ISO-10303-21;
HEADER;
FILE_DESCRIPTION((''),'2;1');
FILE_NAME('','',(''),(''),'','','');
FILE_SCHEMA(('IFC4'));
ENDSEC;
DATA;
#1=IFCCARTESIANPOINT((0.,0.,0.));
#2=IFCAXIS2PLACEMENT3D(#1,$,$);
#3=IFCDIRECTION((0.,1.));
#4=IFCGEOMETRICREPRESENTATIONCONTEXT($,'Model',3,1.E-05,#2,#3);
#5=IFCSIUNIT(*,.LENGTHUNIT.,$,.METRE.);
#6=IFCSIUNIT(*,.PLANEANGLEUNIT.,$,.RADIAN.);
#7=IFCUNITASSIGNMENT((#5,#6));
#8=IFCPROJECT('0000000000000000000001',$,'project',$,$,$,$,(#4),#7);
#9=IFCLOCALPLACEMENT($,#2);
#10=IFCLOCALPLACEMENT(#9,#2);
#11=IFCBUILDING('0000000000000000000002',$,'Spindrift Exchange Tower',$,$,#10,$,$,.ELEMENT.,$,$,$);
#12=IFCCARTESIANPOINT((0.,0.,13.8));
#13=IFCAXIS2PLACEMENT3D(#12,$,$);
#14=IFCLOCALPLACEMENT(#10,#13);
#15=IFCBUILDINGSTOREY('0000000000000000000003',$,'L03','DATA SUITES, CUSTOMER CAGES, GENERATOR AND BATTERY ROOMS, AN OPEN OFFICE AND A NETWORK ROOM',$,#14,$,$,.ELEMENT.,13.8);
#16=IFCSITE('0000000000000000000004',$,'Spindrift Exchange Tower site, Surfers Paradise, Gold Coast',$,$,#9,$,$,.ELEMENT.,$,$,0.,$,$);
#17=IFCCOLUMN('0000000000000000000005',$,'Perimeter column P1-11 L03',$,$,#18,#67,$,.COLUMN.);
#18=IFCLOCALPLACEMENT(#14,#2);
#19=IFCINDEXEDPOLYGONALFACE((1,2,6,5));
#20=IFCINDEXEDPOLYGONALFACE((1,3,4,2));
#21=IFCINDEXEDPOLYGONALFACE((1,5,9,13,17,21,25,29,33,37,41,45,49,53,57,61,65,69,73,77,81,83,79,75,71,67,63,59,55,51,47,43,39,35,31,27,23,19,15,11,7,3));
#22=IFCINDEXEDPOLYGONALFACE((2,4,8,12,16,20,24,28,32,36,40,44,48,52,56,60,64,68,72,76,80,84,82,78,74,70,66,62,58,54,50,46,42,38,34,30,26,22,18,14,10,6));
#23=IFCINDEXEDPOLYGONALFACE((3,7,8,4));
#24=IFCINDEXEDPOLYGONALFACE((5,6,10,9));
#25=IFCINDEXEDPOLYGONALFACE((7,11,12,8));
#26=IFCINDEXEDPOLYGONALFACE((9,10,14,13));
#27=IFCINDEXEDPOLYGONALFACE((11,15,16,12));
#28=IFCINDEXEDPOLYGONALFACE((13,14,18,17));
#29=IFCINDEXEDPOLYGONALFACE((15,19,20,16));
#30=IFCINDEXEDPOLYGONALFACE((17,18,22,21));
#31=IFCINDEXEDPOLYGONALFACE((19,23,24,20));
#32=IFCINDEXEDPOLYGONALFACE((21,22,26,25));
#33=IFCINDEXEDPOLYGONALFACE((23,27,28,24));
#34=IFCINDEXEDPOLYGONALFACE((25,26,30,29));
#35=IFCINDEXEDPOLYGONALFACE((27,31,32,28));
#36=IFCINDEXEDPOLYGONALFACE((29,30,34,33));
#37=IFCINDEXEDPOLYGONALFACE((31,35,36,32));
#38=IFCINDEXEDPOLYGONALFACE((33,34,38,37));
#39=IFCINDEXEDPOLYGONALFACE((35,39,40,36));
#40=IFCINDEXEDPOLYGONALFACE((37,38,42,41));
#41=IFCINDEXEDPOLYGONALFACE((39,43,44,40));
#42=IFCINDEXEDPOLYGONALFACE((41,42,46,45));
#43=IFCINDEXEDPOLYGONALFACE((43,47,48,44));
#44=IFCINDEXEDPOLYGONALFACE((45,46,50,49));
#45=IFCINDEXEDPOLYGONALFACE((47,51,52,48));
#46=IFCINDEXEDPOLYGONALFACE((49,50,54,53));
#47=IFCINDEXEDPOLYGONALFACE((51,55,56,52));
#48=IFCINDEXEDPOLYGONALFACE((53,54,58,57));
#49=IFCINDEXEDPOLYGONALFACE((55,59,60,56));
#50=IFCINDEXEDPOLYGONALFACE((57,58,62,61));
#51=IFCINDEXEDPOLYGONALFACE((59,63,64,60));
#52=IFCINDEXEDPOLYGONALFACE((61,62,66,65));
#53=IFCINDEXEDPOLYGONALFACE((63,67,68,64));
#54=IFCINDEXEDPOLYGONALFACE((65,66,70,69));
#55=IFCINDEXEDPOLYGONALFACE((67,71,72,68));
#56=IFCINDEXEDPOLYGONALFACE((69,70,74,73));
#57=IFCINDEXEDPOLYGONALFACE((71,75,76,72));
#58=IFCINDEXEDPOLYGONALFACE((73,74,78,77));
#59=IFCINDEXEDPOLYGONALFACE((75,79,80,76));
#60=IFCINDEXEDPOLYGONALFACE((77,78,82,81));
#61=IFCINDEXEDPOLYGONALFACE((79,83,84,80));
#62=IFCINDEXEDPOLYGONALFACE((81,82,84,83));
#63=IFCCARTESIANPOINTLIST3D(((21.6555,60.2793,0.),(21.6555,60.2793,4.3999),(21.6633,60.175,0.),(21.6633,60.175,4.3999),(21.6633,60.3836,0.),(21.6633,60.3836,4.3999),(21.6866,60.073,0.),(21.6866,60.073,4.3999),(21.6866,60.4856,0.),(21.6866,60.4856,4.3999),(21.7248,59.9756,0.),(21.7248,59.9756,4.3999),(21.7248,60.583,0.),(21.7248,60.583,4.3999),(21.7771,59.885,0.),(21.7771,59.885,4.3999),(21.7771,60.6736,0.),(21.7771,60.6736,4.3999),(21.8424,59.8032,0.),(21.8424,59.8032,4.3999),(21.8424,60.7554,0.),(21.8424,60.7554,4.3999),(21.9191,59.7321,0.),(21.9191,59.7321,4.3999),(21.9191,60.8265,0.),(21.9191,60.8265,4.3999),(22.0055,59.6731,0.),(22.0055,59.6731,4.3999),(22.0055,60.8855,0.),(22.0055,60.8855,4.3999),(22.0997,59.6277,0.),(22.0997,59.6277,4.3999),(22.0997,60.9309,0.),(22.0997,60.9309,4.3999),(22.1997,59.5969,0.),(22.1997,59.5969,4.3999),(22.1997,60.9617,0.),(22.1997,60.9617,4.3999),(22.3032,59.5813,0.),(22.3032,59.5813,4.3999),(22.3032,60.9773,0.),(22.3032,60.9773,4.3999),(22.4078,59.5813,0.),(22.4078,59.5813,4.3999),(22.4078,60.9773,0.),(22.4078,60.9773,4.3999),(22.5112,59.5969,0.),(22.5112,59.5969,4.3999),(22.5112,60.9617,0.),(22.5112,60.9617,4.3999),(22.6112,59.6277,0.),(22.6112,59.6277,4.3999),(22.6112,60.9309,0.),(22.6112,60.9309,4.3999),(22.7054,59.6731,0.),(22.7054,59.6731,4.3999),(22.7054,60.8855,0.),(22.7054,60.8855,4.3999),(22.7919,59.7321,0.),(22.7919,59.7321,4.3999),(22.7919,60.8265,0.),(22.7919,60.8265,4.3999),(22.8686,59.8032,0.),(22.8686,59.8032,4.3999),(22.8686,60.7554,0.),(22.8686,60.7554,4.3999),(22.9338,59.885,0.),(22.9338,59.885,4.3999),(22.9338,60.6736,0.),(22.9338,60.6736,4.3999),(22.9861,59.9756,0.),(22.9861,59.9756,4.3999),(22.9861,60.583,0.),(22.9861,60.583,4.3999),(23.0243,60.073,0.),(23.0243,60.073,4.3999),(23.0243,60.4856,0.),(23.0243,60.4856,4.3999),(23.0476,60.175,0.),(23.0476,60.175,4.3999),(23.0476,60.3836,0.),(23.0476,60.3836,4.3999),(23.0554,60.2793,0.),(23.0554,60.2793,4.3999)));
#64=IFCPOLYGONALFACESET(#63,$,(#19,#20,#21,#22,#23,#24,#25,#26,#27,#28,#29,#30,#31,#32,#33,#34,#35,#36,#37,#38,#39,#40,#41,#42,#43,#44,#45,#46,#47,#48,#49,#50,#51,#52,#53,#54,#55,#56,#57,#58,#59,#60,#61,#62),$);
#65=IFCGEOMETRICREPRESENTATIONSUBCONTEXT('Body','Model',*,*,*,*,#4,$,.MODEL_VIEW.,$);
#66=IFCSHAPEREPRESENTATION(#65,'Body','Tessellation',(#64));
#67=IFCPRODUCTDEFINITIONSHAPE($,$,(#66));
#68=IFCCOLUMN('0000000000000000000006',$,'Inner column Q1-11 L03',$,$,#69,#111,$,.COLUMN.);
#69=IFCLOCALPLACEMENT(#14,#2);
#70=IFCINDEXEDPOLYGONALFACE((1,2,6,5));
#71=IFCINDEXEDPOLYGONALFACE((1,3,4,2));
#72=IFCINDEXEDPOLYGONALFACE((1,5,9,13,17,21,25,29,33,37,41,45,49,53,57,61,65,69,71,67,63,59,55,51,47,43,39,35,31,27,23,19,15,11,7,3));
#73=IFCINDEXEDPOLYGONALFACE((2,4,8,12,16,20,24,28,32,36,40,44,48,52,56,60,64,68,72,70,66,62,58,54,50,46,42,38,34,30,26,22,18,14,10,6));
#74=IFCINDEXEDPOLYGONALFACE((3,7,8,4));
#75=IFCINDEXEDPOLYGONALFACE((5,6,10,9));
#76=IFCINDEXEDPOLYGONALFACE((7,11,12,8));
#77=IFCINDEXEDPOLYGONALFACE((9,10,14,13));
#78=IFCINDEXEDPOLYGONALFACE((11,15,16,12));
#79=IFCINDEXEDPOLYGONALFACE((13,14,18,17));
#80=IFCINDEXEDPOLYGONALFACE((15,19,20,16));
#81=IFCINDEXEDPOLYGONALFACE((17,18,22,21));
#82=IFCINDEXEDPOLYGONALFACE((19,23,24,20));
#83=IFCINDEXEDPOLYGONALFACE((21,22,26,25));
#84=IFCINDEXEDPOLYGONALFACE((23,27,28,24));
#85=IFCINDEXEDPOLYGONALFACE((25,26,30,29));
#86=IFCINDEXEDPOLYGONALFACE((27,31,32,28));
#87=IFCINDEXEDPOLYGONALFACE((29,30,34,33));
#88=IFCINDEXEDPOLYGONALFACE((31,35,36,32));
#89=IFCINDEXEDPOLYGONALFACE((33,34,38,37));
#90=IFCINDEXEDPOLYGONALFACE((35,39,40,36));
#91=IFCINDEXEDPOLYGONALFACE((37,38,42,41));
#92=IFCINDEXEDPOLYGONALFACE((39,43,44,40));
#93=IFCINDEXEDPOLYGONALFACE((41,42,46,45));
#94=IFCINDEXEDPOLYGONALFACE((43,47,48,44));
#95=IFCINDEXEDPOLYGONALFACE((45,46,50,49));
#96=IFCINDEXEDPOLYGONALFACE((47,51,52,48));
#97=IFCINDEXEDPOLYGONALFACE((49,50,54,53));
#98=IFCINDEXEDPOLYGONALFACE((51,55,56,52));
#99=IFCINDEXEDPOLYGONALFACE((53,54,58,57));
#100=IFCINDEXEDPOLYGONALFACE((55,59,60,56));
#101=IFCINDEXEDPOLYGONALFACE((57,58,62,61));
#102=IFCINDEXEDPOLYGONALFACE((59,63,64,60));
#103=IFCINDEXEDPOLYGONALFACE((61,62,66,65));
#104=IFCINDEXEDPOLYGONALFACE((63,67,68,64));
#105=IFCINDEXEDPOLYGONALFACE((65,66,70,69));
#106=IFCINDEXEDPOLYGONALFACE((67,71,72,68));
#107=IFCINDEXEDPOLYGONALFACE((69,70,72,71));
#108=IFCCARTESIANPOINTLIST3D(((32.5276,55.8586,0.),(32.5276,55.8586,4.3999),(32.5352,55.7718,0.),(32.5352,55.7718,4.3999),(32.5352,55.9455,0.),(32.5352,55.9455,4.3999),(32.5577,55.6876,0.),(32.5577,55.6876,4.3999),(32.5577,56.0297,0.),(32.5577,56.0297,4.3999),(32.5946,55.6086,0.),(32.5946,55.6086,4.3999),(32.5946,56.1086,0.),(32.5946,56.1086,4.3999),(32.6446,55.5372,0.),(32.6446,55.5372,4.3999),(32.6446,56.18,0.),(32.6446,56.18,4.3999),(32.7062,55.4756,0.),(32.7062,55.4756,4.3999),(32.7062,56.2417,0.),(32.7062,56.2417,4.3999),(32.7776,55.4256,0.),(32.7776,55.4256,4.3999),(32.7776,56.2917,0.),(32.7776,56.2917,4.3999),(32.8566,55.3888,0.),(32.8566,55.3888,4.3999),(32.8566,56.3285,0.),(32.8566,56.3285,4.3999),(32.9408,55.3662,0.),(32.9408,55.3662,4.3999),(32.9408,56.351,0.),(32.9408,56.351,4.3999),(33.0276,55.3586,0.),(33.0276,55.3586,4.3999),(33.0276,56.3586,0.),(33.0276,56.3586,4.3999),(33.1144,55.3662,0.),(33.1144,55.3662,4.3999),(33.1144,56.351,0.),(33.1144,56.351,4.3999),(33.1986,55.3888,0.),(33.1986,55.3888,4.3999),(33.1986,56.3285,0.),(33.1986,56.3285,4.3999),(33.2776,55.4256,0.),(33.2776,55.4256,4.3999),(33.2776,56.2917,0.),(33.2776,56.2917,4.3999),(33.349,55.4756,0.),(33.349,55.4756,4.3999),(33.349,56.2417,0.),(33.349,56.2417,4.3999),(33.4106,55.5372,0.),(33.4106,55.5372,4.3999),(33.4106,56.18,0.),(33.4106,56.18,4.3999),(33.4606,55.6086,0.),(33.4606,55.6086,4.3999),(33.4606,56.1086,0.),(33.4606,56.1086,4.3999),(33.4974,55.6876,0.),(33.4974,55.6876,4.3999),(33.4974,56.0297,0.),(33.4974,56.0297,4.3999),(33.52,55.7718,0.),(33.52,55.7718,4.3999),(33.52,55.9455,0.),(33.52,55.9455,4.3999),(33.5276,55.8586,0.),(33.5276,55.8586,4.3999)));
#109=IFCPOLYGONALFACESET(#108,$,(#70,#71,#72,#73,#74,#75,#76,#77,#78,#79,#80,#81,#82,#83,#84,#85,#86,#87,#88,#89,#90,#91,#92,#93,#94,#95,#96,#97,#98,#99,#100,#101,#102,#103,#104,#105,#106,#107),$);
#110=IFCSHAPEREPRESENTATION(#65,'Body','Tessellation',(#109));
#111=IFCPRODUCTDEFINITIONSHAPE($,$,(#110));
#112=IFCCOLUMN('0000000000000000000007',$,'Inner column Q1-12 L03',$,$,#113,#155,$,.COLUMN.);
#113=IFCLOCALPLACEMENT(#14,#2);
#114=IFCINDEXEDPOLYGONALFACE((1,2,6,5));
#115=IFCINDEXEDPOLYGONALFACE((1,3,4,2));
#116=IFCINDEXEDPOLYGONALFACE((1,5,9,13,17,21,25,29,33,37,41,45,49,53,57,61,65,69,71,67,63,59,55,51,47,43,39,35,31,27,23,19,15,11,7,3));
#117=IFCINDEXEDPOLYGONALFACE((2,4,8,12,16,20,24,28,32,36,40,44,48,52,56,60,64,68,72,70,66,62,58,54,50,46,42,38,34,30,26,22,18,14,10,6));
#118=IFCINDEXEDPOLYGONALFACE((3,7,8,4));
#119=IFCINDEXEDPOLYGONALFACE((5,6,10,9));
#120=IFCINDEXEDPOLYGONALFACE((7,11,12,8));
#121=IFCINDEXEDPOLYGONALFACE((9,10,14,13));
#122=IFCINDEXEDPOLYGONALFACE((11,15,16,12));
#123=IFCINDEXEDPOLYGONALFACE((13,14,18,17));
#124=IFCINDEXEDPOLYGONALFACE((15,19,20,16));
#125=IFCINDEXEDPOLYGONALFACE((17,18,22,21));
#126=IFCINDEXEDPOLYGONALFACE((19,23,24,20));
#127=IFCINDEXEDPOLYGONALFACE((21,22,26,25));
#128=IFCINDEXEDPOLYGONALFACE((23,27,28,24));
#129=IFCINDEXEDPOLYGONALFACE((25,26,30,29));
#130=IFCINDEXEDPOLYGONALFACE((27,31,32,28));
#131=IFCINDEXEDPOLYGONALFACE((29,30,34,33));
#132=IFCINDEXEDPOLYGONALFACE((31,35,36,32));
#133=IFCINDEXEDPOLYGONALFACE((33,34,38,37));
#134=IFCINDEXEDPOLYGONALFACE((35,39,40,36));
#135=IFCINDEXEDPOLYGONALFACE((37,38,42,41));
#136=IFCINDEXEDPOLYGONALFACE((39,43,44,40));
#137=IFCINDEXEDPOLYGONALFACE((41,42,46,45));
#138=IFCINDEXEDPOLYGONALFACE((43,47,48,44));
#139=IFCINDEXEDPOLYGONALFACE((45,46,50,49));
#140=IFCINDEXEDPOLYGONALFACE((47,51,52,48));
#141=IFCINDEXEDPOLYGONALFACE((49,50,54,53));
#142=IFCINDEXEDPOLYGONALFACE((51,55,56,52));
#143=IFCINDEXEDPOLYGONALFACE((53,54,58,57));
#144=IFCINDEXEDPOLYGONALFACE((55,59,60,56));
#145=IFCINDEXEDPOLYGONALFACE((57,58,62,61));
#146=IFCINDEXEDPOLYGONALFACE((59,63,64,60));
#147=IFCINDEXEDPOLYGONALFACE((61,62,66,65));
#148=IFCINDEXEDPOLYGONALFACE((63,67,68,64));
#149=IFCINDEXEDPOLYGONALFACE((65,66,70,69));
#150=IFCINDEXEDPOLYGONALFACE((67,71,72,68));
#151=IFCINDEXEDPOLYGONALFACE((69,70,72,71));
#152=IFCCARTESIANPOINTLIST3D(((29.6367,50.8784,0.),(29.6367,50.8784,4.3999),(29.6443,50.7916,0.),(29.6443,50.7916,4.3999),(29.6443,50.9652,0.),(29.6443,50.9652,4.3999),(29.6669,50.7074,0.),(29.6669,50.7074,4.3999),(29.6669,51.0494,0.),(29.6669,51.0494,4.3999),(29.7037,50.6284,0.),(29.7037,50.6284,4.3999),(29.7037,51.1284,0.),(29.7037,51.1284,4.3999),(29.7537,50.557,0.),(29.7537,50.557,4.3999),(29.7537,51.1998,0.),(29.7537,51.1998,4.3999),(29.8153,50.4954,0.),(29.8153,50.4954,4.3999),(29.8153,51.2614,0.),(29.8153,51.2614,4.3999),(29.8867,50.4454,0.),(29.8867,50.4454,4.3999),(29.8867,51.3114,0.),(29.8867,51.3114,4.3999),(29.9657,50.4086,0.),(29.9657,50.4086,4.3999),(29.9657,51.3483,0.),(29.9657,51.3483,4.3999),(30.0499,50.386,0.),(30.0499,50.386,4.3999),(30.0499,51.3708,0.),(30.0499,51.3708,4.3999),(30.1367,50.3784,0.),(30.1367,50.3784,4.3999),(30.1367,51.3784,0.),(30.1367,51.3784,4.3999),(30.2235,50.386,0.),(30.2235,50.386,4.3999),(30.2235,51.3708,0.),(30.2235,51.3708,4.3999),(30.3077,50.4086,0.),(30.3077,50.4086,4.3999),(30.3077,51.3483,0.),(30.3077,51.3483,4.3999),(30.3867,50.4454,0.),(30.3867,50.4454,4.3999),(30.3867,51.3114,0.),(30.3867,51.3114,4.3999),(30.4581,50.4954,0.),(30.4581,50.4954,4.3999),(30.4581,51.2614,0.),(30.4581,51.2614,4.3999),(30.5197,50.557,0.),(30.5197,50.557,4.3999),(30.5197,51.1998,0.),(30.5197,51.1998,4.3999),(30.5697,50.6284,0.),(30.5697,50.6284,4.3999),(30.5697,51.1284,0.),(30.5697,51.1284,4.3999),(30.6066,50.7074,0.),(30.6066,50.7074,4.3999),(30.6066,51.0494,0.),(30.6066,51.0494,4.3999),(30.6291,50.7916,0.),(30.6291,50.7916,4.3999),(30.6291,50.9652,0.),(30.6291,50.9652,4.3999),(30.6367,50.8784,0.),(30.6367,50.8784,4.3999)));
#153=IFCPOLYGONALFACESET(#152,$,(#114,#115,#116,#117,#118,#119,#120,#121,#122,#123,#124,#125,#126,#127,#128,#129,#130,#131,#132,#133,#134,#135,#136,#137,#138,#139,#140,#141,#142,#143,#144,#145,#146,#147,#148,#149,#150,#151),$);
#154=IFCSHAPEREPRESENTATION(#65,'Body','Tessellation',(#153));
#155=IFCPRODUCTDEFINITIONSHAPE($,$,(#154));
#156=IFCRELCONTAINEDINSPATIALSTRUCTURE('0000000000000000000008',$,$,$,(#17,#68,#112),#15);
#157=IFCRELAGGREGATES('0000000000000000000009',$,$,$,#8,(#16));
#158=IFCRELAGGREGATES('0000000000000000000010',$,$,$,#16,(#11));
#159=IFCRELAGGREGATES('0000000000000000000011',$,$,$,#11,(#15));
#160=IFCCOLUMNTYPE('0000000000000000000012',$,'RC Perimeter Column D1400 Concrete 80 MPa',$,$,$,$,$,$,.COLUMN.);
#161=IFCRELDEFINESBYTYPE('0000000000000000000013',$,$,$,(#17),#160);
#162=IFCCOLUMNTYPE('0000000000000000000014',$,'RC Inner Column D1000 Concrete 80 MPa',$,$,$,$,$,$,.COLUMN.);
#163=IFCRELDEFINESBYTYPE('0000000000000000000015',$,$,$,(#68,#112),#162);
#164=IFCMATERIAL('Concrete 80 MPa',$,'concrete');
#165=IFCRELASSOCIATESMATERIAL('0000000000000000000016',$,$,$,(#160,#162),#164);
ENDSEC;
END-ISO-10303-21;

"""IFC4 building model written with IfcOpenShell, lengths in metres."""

from ifc_helpers import new_model, si_unit, direction, frame, origin, origin_2d, place, context, subcontext, project, spatial, circle, extrude, source, transform, mapped, material, material_profile, profile_set, type_object, element, save


model = new_model("IFC4")

# Units and contexts
model_context = context("Model", 3, precision=1e-05, world=origin(), true_north=direction((0.0, 1.0)))
body_context = subcontext(model_context, "Body", "Model", "MODEL_VIEW")
ifc_project = project(units=[si_unit("LENGTHUNIT", "METRE"), si_unit("PLANEANGLEUNIT", "RADIAN")], contexts=[model_context])

# Site, building, storey
site_placement = place(None, origin())
site = spatial("IfcSite", under=ifc_project, at=site_placement, Name="Spindrift Exchange Tower site, Surfers Paradise, Gold Coast", CompositionType="ELEMENT", RefElevation=0.0)
building_placement = place(site_placement, origin())
building = spatial("IfcBuilding", under=site, at=building_placement, Name="Spindrift Exchange Tower", CompositionType="ELEMENT")
storey_placement = place(building_placement, frame((0.0, 0.0, 13.8)))
storey = spatial("IfcBuildingStorey", under=building, at=storey_placement, Name="L03", Description="DATA SUITES, CUSTOMER CAGES, GENERATOR AND BATTERY ROOMS, AN OPEN OFFICE AND A NETWORK ROOM", CompositionType="ELEMENT", Elevation=13.8)

# Columns
ifc_material_1 = material(Name="Concrete 80 MPa", Category="concrete")
ifc_material_profile_1 = material_profile(ifc_material_1, circle(Radius=0.7, at=origin_2d()), Name="RC D1400")
ifc_profile_set_1 = profile_set([ifc_material_profile_1], Name="Concrete 80 MPa")
column_type_1 = type_object("IfcColumnType", Name="RC Perimeter Column D1400 Concrete 80 MPa", PredefinedType="COLUMN", material=ifc_profile_set_1)
shared_shape_1 = source(origin(), body_context, "Body", "SweptSolid", [
    extrude(circle(Radius=0.7, at=origin_2d()), origin(), (0.0, 0.0, 1.0), 4.3999),
])
column_placement = place(storey_placement, frame((22.3555, 60.2793, 0.0), z_axis=(0.0, 0.0, 1.0), x_axis=(1.0, 0.0, 0.0)))
element("IfcColumn", 1, at=column_placement, inside=storey, type_object=column_type_1, Name="Perimeter column P1-11 L03", PredefinedType="COLUMN", context=body_context, shape_type="MappedRepresentation", body=[
    mapped(shared_shape_1, transform((0.0, 0.0, 0.0), scale=1.0)),
])
ifc_material_profile_2 = material_profile(ifc_material_1, circle(Radius=0.5, at=origin_2d()), Name="RC D1000")
ifc_profile_set_2 = profile_set([ifc_material_profile_2], Name="Concrete 80 MPa")
column_type_2 = type_object("IfcColumnType", Name="RC Inner Column D1000 Concrete 80 MPa", PredefinedType="COLUMN", material=ifc_profile_set_2)
shared_shape_2 = source(origin(), body_context, "Body", "SweptSolid", [
    extrude(circle(Radius=0.5, at=origin_2d()), origin(), (0.0, 0.0, 1.0), 4.3999),
])
for number, where, z_axis, x_axis, name in (
    (2, (33.0276, 55.8586, 0.0), (0.0, 0.0, 1.0), (1.0, 0.0, 0.0), "Inner column Q1-11 L03"),
    (3, (30.1367, 50.8784, 0.0), (0.0, 0.0, 1.0), (1.0, 0.0, 0.0), "Inner column Q1-12 L03"),
):
    element("IfcColumn", number, at=place(storey_placement, frame(where, z_axis=z_axis, x_axis=x_axis)), inside=storey, type_object=column_type_2, Name=name, PredefinedType="COLUMN", context=body_context, shape_type="MappedRepresentation", body=[
        mapped(shared_shape_2, transform((0.0, 0.0, 0.0), scale=1.0)),
    ])

save(model, "model.ifc")
